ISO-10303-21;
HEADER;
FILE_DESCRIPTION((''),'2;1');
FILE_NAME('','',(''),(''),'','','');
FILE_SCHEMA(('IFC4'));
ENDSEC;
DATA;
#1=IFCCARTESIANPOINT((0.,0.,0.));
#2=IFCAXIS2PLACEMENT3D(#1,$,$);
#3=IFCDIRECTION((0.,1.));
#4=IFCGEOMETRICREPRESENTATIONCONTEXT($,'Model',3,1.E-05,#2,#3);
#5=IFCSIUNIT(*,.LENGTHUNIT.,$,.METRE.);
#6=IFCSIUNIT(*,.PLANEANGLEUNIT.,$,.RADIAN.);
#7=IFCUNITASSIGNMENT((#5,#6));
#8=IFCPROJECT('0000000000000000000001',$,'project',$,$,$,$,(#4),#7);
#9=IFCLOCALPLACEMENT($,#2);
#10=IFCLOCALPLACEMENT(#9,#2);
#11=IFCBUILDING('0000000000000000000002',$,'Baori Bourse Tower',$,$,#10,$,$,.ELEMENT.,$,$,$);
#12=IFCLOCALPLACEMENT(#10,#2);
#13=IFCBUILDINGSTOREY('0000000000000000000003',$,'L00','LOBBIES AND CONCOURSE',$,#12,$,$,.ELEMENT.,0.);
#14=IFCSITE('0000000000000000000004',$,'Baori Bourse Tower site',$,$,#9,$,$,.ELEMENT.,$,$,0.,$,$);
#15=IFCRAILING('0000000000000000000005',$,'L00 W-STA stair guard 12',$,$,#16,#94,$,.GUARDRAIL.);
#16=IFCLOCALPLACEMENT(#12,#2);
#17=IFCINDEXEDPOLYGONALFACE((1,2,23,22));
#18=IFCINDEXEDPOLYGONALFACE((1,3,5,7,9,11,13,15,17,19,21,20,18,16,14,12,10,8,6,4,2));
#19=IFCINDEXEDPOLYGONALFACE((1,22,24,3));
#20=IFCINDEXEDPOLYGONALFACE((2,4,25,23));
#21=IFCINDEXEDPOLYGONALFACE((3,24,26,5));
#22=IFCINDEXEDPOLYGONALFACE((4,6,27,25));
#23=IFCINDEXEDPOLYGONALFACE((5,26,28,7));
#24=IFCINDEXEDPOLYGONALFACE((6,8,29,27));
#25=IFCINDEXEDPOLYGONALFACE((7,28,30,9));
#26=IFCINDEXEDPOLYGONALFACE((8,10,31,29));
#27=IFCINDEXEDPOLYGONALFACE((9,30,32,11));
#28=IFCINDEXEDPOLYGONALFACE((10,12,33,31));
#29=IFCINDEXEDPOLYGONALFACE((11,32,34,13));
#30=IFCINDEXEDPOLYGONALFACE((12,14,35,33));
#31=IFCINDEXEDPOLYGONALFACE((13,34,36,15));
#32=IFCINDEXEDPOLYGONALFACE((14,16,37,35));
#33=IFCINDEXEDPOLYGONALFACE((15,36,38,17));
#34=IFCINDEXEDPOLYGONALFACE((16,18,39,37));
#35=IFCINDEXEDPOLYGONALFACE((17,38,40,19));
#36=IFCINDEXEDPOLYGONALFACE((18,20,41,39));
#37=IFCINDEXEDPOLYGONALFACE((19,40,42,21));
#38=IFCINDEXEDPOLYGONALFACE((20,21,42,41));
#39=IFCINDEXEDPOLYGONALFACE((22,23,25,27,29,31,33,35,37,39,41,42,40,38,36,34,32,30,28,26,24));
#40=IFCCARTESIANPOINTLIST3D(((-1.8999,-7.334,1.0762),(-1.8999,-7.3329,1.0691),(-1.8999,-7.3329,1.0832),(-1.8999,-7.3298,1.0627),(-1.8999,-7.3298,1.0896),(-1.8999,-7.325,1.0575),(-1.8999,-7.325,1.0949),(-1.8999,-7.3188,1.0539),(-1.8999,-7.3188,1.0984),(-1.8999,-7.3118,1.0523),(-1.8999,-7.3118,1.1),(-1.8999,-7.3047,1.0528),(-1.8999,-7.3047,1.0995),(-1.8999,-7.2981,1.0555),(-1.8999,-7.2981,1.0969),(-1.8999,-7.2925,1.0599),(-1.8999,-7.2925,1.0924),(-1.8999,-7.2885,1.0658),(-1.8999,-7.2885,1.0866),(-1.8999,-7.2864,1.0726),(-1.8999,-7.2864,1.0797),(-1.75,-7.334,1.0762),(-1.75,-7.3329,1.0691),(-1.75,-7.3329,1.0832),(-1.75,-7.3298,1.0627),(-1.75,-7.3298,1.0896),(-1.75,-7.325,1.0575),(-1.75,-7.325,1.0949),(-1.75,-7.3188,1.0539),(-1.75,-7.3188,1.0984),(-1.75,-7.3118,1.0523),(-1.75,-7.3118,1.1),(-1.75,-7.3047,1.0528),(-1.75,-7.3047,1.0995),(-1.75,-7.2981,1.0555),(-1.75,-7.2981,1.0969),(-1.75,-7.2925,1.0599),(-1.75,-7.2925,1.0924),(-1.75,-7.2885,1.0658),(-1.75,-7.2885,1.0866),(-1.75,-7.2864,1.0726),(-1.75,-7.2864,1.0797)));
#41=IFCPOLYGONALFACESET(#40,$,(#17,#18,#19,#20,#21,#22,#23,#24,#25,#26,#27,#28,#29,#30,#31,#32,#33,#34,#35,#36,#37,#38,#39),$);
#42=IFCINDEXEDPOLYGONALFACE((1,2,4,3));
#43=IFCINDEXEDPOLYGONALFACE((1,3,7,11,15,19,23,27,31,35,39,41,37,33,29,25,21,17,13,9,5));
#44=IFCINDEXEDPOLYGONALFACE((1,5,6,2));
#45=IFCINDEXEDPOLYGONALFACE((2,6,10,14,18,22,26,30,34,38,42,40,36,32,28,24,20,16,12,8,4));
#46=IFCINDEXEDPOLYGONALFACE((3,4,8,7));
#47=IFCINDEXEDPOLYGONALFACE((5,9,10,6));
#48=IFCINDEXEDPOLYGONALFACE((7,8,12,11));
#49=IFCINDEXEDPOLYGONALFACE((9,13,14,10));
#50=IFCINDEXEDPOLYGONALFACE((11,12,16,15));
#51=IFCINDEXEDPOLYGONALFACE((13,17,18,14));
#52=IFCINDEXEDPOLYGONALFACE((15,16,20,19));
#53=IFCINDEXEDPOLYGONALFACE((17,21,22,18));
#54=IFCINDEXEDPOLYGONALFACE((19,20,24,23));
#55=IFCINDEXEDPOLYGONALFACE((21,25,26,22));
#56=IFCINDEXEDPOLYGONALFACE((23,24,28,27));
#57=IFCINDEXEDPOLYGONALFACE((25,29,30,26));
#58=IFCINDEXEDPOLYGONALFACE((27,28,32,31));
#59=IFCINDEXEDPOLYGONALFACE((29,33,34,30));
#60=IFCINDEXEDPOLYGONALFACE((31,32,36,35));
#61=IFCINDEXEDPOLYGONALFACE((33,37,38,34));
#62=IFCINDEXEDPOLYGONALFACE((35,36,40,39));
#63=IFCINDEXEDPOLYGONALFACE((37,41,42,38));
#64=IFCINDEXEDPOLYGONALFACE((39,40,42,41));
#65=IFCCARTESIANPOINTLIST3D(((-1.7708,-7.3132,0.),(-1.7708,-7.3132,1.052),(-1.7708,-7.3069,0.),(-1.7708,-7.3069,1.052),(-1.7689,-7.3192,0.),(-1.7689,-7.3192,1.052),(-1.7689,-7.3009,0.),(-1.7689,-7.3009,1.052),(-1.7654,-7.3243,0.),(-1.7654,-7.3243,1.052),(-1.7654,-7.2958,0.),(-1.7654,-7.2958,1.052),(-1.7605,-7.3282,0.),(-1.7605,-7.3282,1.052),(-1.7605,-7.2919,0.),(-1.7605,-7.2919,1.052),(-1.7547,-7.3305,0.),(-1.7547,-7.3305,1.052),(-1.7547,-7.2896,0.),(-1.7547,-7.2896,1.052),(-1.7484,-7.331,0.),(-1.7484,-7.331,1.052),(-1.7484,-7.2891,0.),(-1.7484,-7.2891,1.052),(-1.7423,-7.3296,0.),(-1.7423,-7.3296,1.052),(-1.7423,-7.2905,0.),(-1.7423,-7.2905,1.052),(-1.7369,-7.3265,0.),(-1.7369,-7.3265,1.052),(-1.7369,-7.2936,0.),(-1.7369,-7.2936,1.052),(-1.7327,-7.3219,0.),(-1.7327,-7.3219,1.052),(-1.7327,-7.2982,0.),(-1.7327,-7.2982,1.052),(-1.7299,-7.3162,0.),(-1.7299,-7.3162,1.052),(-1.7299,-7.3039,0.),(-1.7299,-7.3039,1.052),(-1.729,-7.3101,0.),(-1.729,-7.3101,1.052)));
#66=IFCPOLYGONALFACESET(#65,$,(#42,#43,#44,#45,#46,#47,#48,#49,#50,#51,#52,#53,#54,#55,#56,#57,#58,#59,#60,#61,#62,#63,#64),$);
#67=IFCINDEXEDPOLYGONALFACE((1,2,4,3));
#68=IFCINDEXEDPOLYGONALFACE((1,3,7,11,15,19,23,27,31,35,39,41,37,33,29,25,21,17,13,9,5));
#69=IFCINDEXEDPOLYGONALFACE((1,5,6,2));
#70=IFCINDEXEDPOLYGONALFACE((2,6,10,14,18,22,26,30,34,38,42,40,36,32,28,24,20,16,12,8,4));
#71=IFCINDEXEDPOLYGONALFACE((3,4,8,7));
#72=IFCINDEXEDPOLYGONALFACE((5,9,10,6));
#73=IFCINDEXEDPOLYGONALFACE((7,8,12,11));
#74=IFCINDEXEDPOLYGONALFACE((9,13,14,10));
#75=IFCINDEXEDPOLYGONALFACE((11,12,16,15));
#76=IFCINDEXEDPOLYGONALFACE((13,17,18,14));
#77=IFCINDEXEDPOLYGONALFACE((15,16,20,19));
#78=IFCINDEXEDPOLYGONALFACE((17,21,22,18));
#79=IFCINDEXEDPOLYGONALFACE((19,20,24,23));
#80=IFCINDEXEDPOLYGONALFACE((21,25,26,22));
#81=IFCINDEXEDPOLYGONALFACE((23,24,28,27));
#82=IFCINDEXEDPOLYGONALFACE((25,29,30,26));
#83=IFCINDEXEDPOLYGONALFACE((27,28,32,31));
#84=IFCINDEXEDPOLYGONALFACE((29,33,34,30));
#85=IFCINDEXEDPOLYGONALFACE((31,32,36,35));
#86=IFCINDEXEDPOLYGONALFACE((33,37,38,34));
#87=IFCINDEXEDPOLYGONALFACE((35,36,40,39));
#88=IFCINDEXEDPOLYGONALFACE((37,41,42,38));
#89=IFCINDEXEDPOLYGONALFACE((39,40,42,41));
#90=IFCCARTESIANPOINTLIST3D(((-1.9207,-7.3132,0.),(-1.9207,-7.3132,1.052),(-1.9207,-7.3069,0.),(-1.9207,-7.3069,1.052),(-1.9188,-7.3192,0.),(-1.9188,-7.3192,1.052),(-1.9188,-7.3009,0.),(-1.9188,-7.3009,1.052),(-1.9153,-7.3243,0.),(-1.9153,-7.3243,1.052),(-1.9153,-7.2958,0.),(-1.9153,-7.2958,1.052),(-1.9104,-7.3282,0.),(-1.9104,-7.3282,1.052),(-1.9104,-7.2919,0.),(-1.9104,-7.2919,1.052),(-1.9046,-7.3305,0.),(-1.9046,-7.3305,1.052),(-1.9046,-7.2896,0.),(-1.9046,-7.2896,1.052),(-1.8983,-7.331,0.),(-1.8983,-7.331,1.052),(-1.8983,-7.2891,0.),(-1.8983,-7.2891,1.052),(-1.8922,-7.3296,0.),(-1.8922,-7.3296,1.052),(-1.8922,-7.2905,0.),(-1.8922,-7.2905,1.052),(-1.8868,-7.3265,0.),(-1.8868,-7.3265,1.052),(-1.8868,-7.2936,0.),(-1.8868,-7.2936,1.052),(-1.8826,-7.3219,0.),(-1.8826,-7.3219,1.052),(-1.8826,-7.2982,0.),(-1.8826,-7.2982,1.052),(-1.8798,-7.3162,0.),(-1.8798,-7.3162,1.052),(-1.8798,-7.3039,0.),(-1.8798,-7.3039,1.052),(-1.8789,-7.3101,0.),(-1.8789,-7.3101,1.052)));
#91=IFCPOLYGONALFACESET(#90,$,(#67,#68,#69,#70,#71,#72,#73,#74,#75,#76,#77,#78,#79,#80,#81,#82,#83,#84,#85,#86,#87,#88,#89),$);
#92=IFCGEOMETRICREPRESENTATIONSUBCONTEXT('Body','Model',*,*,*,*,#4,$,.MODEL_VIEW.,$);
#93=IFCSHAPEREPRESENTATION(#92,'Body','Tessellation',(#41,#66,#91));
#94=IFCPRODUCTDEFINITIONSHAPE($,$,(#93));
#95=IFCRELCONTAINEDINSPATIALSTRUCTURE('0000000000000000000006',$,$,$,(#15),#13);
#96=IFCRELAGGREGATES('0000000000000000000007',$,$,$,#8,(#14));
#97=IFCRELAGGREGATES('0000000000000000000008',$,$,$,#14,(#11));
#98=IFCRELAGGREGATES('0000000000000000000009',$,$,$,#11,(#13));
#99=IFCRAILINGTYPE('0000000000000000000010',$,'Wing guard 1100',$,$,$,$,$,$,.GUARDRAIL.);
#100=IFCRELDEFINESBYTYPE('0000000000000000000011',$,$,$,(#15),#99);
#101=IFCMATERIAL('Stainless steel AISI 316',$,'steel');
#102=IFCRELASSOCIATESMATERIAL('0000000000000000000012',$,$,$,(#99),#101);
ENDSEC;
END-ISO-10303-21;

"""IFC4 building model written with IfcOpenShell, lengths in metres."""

from ifc_helpers import new_model, si_unit, direction, frame, origin, origin_2d, place, context, subcontext, project, spatial, circle, extrude, material, type_object, element, save


model = new_model("IFC4")

# Units and contexts
model_context = context("Model", 3, precision=1e-05, world=origin(), true_north=direction((0.0, 1.0)))
body_context = subcontext(model_context, "Body", "Model", "MODEL_VIEW")
ifc_project = project(units=[si_unit("LENGTHUNIT", "METRE"), si_unit("PLANEANGLEUNIT", "RADIAN")], contexts=[model_context])

# Site, building, storey
site_placement = place(None, origin())
site = spatial("IfcSite", under=ifc_project, at=site_placement, Name="Baori Bourse Tower site", CompositionType="ELEMENT", RefElevation=0.0)
building_placement = place(site_placement, origin())
building = spatial("IfcBuilding", under=site, at=building_placement, Name="Baori Bourse Tower", CompositionType="ELEMENT")
storey_placement = place(building_placement, origin())
storey = spatial("IfcBuildingStorey", under=building, at=storey_placement, Name="L00", Description="LOBBIES AND CONCOURSE", CompositionType="ELEMENT", Elevation=0.0)

# Railing
ifc_material_1 = material(Name="Stainless steel AISI 316", Category="steel")
railing_type_1 = type_object("IfcRailingType", Name="Wing guard 1100", PredefinedType="GUARDRAIL", material=ifc_material_1)
railing_1_placement = place(storey_placement, frame((-1.75, -7.3101, 0.0)))
element("IfcRailing", 1, at=railing_1_placement, inside=storey, type_object=railing_type_1, Name="L00 W-STA stair guard 12", PredefinedType="GUARDRAIL", context=body_context, shape_type="SweptSolid", body=[
    extrude(circle(Radius=0.0239, at=origin_2d()), frame((0.0, 0.0, 1.0762), z_axis=(-1.0, 0.0, 0.0), x_axis=(0.0, -1.0, 0.0)), (0.0, 0.0, 1.0), 0.1499),
    extrude(circle(Radius=0.021, at=origin_2d()), origin(), (0.0, 0.0, 1.0), 1.052),
    extrude(circle(Radius=0.021, at=origin_2d()), frame((-0.1499, 0.0, 0.0)), (0.0, 0.0, 1.0), 1.052),
])

save(model, "model.ifc")
